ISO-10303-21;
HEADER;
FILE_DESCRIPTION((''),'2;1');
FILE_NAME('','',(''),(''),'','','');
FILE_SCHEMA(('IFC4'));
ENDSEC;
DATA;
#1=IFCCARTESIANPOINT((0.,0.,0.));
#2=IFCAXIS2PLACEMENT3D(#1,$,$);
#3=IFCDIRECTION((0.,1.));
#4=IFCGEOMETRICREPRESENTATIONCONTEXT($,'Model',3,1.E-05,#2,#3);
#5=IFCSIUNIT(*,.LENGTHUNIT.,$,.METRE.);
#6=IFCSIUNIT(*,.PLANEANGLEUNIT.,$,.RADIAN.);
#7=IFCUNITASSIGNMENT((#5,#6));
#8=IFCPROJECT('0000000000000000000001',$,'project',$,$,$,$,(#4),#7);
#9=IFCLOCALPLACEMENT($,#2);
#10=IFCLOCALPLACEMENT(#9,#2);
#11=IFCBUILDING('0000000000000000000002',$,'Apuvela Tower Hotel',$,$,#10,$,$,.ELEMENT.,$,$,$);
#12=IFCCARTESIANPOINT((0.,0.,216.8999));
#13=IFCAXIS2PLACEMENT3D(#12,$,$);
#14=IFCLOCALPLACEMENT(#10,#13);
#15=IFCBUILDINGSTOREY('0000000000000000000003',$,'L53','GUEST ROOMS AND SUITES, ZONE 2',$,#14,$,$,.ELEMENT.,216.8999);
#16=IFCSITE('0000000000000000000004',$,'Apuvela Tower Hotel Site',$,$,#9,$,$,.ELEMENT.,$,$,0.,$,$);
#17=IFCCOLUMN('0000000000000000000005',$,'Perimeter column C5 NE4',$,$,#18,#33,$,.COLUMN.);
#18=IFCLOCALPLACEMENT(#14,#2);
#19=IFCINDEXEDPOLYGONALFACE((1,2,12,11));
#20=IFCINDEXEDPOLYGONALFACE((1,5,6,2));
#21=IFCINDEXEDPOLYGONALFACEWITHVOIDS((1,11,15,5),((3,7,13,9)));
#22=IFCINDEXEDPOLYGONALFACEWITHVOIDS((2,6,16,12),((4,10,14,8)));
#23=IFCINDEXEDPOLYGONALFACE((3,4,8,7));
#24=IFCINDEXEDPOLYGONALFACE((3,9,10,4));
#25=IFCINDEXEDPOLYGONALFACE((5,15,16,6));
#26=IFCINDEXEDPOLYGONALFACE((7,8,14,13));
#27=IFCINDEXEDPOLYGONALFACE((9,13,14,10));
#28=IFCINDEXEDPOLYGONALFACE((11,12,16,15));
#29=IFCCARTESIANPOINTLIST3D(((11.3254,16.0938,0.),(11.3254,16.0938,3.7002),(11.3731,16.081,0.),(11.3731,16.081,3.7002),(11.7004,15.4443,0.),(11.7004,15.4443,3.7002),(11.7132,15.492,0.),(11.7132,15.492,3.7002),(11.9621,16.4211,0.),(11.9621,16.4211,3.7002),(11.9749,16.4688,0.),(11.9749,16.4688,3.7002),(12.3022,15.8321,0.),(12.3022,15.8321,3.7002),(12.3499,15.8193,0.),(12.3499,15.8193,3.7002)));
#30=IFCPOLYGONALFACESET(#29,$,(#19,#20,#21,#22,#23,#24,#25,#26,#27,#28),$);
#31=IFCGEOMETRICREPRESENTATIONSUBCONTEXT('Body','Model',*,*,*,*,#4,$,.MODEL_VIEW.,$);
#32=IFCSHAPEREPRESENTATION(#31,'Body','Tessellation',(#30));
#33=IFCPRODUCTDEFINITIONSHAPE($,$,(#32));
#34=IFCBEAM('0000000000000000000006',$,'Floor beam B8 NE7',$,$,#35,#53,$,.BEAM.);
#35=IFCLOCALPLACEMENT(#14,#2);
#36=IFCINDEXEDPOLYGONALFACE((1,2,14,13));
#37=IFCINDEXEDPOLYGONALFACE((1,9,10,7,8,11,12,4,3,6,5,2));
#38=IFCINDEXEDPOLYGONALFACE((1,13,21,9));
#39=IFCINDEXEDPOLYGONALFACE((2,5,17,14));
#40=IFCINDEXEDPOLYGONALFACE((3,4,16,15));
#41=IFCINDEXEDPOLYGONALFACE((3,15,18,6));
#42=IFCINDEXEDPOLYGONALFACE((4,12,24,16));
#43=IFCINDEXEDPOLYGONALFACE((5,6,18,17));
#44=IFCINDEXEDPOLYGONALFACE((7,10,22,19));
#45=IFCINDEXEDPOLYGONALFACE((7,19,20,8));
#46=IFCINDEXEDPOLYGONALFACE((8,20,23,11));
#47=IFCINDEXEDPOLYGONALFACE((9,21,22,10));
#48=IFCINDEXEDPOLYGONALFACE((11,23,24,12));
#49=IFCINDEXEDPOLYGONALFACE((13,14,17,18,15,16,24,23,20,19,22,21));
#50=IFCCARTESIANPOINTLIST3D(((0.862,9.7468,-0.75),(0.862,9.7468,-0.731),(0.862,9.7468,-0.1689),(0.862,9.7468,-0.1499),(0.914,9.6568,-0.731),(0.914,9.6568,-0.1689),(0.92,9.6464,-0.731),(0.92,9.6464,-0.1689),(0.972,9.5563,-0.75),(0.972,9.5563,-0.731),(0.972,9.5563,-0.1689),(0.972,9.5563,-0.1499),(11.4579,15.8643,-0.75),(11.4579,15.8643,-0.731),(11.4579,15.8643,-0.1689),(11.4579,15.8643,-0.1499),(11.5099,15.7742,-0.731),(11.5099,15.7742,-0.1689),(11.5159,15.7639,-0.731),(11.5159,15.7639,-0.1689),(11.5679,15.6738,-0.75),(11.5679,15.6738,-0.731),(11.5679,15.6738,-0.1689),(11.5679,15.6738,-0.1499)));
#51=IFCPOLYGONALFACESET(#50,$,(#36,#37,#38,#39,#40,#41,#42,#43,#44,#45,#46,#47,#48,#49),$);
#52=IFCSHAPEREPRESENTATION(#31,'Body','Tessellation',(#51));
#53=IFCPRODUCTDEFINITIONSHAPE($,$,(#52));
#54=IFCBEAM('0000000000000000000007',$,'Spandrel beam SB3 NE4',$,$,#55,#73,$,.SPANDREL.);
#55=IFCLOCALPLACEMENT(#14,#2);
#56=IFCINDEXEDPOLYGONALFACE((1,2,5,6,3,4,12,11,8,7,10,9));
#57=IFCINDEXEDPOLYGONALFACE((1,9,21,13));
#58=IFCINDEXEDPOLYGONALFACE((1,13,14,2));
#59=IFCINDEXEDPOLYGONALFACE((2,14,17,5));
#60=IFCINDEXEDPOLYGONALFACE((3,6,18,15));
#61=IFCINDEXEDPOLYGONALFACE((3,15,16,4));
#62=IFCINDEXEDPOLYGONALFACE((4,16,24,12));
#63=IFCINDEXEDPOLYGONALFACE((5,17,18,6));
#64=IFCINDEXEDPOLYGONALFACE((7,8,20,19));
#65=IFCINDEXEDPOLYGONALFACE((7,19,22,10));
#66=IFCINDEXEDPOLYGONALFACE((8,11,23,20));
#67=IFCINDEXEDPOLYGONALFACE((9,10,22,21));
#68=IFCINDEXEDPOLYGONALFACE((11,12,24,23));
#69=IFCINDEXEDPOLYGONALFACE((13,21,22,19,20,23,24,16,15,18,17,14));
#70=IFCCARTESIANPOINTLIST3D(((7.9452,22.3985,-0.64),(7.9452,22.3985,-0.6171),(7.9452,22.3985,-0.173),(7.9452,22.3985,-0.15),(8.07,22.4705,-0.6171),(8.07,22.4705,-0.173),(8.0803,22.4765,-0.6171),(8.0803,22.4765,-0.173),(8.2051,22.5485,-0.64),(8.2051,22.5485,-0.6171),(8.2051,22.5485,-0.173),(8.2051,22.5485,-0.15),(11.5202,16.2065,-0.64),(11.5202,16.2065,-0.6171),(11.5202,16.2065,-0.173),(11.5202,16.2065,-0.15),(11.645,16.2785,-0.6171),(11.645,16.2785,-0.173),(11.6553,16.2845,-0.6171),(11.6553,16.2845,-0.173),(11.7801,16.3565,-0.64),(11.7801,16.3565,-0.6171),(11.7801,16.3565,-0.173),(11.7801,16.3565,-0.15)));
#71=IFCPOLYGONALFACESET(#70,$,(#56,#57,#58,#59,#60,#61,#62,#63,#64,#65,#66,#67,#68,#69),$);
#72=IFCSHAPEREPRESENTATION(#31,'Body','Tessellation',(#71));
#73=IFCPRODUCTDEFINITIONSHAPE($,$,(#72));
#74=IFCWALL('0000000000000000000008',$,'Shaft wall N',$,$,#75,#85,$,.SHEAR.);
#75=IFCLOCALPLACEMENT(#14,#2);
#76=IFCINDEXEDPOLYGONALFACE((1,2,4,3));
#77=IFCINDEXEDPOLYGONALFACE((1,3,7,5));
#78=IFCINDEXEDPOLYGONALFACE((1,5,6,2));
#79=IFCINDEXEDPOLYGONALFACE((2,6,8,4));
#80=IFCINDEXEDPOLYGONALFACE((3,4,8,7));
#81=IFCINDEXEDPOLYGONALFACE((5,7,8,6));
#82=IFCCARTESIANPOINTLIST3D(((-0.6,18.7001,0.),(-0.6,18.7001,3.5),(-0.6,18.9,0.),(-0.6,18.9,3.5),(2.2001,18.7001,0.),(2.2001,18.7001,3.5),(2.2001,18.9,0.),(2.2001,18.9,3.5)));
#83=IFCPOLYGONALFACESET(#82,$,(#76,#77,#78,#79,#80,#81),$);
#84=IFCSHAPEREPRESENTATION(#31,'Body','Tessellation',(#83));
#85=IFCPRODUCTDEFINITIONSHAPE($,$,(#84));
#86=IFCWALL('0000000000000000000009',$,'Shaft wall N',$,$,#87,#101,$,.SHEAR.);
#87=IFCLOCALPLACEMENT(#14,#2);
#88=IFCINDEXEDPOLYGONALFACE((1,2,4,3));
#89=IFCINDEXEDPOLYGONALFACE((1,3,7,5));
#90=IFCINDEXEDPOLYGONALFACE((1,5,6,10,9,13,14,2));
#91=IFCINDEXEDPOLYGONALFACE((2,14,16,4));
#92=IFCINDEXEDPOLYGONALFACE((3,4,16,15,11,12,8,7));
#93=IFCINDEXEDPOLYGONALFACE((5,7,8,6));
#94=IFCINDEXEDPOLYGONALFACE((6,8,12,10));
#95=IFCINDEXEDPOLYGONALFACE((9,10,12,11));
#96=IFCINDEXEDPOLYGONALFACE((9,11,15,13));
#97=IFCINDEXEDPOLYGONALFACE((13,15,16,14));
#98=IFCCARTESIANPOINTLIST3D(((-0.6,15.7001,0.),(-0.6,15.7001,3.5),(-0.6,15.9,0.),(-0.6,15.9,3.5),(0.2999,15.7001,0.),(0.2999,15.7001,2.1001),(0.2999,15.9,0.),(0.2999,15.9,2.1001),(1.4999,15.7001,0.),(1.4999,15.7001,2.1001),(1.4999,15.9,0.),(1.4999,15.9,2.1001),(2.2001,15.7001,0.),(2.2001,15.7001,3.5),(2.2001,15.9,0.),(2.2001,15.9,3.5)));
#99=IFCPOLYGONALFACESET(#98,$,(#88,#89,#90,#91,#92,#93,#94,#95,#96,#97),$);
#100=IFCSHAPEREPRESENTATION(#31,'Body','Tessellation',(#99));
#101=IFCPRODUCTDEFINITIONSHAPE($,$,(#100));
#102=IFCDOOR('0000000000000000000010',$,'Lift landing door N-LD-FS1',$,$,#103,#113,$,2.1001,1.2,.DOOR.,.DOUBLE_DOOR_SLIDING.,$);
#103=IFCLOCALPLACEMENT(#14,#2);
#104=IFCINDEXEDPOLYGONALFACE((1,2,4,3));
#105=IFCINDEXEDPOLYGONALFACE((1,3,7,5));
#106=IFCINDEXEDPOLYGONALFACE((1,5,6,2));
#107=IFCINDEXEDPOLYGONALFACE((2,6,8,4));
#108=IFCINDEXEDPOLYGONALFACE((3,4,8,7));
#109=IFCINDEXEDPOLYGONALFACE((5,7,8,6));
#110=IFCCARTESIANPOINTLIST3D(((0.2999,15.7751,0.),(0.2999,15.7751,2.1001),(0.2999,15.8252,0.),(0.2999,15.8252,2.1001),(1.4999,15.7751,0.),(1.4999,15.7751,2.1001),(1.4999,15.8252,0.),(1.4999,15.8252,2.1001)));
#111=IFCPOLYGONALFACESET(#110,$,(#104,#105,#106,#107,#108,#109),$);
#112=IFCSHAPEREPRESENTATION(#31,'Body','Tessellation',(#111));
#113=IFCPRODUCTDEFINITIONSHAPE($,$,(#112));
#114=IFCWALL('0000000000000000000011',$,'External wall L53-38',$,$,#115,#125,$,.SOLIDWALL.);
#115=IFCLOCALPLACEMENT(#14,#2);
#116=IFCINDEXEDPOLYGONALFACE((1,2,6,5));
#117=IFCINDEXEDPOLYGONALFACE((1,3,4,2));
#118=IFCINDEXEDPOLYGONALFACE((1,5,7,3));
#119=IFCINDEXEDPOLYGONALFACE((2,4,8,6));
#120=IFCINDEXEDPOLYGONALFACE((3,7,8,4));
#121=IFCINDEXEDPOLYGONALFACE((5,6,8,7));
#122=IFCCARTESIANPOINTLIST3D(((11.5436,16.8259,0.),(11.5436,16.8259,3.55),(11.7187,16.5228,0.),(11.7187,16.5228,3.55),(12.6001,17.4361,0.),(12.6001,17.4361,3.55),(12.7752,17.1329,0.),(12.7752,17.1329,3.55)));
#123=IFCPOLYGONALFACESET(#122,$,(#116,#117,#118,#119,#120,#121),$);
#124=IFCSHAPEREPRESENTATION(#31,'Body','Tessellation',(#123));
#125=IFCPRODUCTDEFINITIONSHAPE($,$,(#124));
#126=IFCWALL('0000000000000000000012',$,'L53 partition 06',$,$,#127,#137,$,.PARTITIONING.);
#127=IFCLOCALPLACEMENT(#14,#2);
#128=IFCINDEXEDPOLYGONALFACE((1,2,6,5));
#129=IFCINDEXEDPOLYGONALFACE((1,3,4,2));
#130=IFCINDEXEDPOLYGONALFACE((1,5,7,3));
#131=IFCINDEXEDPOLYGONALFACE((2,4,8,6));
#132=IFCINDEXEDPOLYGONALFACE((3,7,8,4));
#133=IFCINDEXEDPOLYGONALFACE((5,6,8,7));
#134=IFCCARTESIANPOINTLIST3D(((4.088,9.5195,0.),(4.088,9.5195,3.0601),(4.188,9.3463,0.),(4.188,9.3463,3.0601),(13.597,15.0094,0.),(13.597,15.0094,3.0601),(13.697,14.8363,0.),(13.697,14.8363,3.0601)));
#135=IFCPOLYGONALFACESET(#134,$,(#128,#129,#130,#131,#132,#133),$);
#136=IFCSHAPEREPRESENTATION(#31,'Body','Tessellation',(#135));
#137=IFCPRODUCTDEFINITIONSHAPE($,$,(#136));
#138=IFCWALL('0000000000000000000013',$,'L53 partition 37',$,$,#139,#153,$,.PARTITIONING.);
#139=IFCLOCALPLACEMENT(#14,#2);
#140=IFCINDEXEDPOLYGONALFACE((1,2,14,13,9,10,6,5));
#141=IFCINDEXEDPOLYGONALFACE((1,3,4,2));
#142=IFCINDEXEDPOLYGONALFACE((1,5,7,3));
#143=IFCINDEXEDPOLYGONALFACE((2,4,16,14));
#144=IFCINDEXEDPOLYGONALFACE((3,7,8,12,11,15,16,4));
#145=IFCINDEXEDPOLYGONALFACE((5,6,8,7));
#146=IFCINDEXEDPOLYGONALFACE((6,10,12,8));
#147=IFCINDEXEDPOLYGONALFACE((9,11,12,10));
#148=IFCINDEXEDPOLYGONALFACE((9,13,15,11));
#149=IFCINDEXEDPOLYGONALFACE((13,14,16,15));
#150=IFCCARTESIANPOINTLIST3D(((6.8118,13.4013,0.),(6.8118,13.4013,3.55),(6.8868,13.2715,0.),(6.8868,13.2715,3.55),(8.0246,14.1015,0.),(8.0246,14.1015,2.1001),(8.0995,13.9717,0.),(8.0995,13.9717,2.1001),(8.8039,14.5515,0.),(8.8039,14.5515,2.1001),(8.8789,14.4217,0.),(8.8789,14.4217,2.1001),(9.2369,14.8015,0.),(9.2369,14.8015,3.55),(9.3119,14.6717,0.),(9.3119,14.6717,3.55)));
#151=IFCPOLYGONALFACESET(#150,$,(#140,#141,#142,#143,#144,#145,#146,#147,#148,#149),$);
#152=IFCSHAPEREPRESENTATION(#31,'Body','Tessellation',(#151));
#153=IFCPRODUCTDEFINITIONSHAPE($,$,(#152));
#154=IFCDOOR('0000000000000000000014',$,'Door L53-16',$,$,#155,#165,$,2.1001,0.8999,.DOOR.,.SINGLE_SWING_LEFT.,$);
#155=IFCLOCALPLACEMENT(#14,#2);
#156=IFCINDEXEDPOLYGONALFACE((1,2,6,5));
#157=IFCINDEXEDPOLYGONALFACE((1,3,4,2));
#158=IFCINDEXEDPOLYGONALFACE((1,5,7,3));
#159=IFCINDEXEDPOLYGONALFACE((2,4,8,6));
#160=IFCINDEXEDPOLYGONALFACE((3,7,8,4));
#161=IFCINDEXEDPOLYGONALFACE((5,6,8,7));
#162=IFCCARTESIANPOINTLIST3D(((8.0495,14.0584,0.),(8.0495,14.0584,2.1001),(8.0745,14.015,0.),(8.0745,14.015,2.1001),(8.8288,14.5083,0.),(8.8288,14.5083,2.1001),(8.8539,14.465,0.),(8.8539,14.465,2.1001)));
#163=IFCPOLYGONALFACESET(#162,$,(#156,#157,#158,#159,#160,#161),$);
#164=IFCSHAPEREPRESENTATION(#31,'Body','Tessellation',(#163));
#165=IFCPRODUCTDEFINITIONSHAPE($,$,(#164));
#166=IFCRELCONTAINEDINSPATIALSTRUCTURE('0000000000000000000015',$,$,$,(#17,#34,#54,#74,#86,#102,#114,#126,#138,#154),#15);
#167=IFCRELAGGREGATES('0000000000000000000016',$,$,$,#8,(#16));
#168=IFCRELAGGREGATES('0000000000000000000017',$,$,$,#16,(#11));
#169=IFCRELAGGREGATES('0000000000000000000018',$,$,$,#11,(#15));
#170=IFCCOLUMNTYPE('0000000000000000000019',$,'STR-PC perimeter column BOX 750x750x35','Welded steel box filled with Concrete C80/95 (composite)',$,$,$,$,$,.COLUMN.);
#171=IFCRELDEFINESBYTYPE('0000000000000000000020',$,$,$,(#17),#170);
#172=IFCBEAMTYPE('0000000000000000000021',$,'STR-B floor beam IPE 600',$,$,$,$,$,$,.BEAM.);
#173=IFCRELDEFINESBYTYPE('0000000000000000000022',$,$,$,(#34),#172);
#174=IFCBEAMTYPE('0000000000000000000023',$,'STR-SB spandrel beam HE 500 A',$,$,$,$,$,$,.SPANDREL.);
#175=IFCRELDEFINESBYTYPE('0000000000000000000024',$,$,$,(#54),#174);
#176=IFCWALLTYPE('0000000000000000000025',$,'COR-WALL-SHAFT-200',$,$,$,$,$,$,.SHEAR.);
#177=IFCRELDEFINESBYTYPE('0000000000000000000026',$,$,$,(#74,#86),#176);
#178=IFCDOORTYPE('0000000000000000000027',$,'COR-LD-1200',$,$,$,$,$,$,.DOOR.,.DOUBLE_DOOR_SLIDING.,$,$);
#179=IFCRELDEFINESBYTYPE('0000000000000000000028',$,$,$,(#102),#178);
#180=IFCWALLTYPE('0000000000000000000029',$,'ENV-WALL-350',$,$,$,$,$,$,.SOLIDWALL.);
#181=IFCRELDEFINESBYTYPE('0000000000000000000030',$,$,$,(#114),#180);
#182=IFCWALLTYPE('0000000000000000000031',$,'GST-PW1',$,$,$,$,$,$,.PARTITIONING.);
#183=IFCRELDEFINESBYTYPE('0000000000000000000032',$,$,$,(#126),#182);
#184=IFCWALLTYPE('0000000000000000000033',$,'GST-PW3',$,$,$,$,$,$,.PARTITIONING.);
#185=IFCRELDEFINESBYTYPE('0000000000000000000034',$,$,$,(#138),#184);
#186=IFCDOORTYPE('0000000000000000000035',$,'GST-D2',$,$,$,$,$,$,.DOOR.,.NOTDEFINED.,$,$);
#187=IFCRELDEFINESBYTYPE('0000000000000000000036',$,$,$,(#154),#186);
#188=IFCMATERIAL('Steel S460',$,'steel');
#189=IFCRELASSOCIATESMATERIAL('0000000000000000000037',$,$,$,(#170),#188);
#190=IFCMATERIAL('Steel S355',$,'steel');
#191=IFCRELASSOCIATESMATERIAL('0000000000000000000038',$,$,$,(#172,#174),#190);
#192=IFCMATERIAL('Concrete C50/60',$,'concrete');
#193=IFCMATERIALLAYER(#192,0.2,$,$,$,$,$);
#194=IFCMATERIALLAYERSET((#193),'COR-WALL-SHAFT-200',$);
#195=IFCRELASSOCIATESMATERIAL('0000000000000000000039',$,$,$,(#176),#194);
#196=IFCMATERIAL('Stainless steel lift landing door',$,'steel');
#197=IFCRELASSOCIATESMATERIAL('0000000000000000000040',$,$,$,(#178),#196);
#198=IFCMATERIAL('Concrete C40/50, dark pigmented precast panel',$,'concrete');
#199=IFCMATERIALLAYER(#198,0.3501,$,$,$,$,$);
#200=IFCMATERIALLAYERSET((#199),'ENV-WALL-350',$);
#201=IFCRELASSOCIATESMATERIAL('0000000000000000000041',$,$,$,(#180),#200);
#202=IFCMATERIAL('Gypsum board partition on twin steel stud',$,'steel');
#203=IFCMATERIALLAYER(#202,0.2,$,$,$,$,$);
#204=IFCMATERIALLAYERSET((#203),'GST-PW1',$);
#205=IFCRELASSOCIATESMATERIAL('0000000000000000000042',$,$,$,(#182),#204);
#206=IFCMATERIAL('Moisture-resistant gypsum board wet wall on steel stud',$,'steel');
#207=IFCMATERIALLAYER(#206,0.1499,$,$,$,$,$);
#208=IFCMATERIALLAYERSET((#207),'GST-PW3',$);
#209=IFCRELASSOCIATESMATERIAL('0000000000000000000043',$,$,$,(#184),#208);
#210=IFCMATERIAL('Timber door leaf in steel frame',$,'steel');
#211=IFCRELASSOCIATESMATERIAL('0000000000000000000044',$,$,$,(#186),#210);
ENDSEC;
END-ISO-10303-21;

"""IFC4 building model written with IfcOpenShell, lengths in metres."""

from ifc_helpers import new_model, si_unit, direction, frame, frame_2d, origin, origin_2d, place, context, subcontext, project, spatial, rectangle, hollow_rectangle, i_section, extrude, material, layer, layer_set, material_profile, profile_set, type_object, element, fill, save


model = new_model("IFC4")

# Units and contexts
model_context = context("Model", 3, precision=1e-05, world=origin(), true_north=direction((0.0, 1.0)))
body_context = subcontext(model_context, "Body", "Model", "MODEL_VIEW")
ifc_project = project(units=[si_unit("LENGTHUNIT", "METRE"), si_unit("PLANEANGLEUNIT", "RADIAN")], contexts=[model_context])

# Site, building, storey
site_placement = place(None, origin())
site = spatial("IfcSite", under=ifc_project, at=site_placement, Name="Apuvela Tower Hotel Site", CompositionType="ELEMENT", RefElevation=0.0)
building_placement = place(site_placement, origin())
building = spatial("IfcBuilding", under=site, at=building_placement, Name="Apuvela Tower Hotel", CompositionType="ELEMENT")
storey_placement = place(building_placement, frame((0.0, 0.0, 216.8999)))
storey = spatial("IfcBuildingStorey", under=building, at=storey_placement, Name="L53", Description="GUEST ROOMS AND SUITES, ZONE 2", CompositionType="ELEMENT", Elevation=216.8999)

# Column
ifc_material_1 = material(Name="Steel S460", Category="steel")
ifc_material_profile_1 = material_profile(ifc_material_1, hollow_rectangle(XDim=0.75, YDim=0.75, WallThickness=0.0349, at=origin_2d()), Name="BOX 750x750x35")
ifc_material_2 = material(Name="Concrete C80/95", Category="concrete")
ifc_material_profile_2 = material_profile(ifc_material_2, rectangle(XDim=0.6799, YDim=0.6799, at=origin_2d()), Name="Concrete C80/95 infill")
ifc_profile_set_1 = profile_set([ifc_material_profile_1, ifc_material_profile_2], Name="Steel S460")
column_type = type_object("IfcColumnType", Name="STR-PC perimeter column BOX 750x750x35", Description="Welded steel box filled with Concrete C80/95 (composite)", PredefinedType="COLUMN", material=ifc_profile_set_1)
column_placement = place(storey_placement, frame((11.8376, 15.9565, 0.0), z_axis=(0.0, 0.0, 1.0), x_axis=(-0.5, 0.866025, 0.0)))
element("IfcColumn", 1, at=column_placement, inside=storey, type_object=column_type, Name="Perimeter column C5 NE4", PredefinedType="COLUMN", context=body_context, shape_type="SweptSolid", body=[
    extrude(hollow_rectangle(XDim=0.75, YDim=0.75, WallThickness=0.0349, at=origin_2d()), origin(), (0.0, 0.0, 1.0), 3.7002),
])

# Beams
ifc_material_3 = material(Name="Steel S355", Category="steel")
ifc_material_profile_3 = material_profile(ifc_material_3, i_section(OverallWidth=0.22, OverallDepth=0.6001, WebThickness=0.012, FlangeThickness=0.019, at=origin_2d()), Name="IPE 600")
ifc_profile_set_2 = profile_set([ifc_material_profile_3], Name="Steel S355")
beam_type_1 = type_object("IfcBeamType", Name="STR-B floor beam IPE 600", PredefinedType="BEAM", material=ifc_profile_set_2)
beam_1_placement = place(storey_placement, frame((11.5129, 15.769, -0.45), z_axis=(-0.86603, -0.499991, 0.0), x_axis=(0.499991, -0.86603, 0.0)))
element("IfcBeam", 2, at=beam_1_placement, inside=storey, type_object=beam_type_1, Name="Floor beam B8 NE7", PredefinedType="BEAM", context=body_context, shape_type="SweptSolid", body=[
    extrude(i_section(OverallWidth=0.22, OverallDepth=0.6001, WebThickness=0.012, FlangeThickness=0.019, at=origin_2d()), origin(), (0.0, 0.0, 1.0), 12.2351),
])
ifc_material_profile_4 = material_profile(ifc_material_3, i_section(OverallWidth=0.3, OverallDepth=0.49, WebThickness=0.012, FlangeThickness=0.0229, at=origin_2d()), Name="HE 500 A")
ifc_profile_set_3 = profile_set([ifc_material_profile_4], Name="Steel S355")
beam_type_2 = type_object("IfcBeamType", Name="STR-SB spandrel beam HE 500 A", PredefinedType="SPANDREL", material=ifc_profile_set_3)
beam_2_placement = place(storey_placement, frame((11.6501, 16.2815, -0.395), z_axis=(-0.500006, 0.866022, 0.0), x_axis=(-0.866022, -0.500006, 0.0)))
element("IfcBeam", 3, at=beam_2_placement, inside=storey, type_object=beam_type_2, Name="Spandrel beam SB3 NE4", PredefinedType="SPANDREL", context=body_context, shape_type="SweptSolid", body=[
    extrude(i_section(OverallWidth=0.3, OverallDepth=0.49, WebThickness=0.012, FlangeThickness=0.0229, at=origin_2d()), origin(), (0.0, 0.0, 1.0), 7.1499),
])

# Wall
ifc_material_4 = material(Name="Concrete C50/60", Category="concrete")
ifc_layer_1 = layer(ifc_material_4, 0.2)
ifc_layer_set_1 = layer_set([ifc_layer_1], Name="COR-WALL-SHAFT-200")
wall_type_1 = type_object("IfcWallType", Name="COR-WALL-SHAFT-200", PredefinedType="SHEAR", material=ifc_layer_set_1)
wall_1_placement = place(storey_placement, frame((2.2, 18.8, 0.0), z_axis=(0.0, 0.0, 1.0), x_axis=(-1.0, 0.0, 0.0)))
element("IfcWall", 4, at=wall_1_placement, inside=storey, type_object=wall_type_1, Name="Shaft wall N", PredefinedType="SHEAR", context=body_context, shape_type="SweptSolid", body=[
    extrude(rectangle(XDim=2.8, YDim=0.2, at=frame_2d((1.3999, 0.0))), origin(), (0.0, 0.0, 1.0), 3.5),
])

# Wall, opening, door
wall_2_placement = place(storey_placement, frame((2.2, 15.8, 0.0), z_axis=(0.0, 0.0, 1.0), x_axis=(-1.0, 0.0, 0.0)))
wall_2 = element("IfcWall", 5, at=wall_2_placement, inside=storey, type_object=wall_type_1, Name="Shaft wall N", PredefinedType="SHEAR", context=body_context, shape_type="SweptSolid", body=[
    extrude(rectangle(XDim=2.8, YDim=0.2, at=frame_2d((1.3999, 0.0))), origin(), (0.0, 0.0, 1.0), 3.5),
])
opening_1_placement = place(wall_2_placement, frame((0.7, 0.0, 0.0)))
opening_1 = element("IfcOpeningElement", 6, at=opening_1_placement, cuts=wall_2, PredefinedType="OPENING", context=body_context, shape_type="SweptSolid", body=[
    extrude(rectangle(XDim=1.2, YDim=2.1001, at=frame_2d((0.6001, 1.05))), frame((0.0, 0.1099, 0.0), z_axis=(0.0, -1.0, 0.0), x_axis=(1.0, 0.0, 0.0)), (0.0, 0.0, 1.0), 0.22),
])
ifc_material_5 = material(Name="Stainless steel lift landing door", Category="steel")
door_type_1 = type_object("IfcDoorType", Name="COR-LD-1200", OperationType="DOUBLE_DOOR_SLIDING", PredefinedType="DOOR", material=ifc_material_5)
door_1_placement = place(opening_1_placement, origin())
door_1 = element("IfcDoor", 7, at=door_1_placement, inside=storey, type_object=door_type_1, Name="Lift landing door N-LD-FS1", OperationType="DOUBLE_DOOR_SLIDING", OverallHeight=2.1001, OverallWidth=1.2, PredefinedType="DOOR", context=body_context, shape_type="SweptSolid", body=[
    extrude(rectangle(XDim=1.2, YDim=2.1001, at=frame_2d((0.6001, 1.05))), frame((0.0, 0.0249, 0.0), z_axis=(0.0, -1.0, 0.0), x_axis=(1.0, 0.0, 0.0)), (0.0, 0.0, 1.0), 0.05),
])
fill(opening_1, door_1)

# Wall
ifc_material_6 = material(Name="Concrete C40/50, dark pigmented precast panel", Category="concrete")
ifc_layer_2 = layer(ifc_material_6, 0.3501)
ifc_layer_set_2 = layer_set([ifc_layer_2], Name="ENV-WALL-350")
wall_type_2 = type_object("IfcWallType", Name="ENV-WALL-350", PredefinedType="SOLIDWALL", material=ifc_layer_set_2)
wall_3_placement = place(storey_placement, frame((12.6875, 17.2844, 0.0), z_axis=(0.0, 0.0, 1.0), x_axis=(-0.865956, -0.500121, 0.0)))
element("IfcWall", 8, at=wall_3_placement, inside=storey, type_object=wall_type_2, Name="External wall L53-38", PredefinedType="SOLIDWALL", context=body_context, shape_type="SweptSolid", body=[
    extrude(rectangle(XDim=1.22, YDim=0.3501, at=frame_2d((0.6099, 0.0))), origin(), (0.0, 0.0, 1.0), 3.55),
])

# Wall
ifc_material_7 = material(Name="Gypsum board partition on twin steel stud", Category="steel")
ifc_layer_3 = layer(ifc_material_7, 0.2)
ifc_layer_set_3 = layer_set([ifc_layer_3], Name="GST-PW1")
wall_type_3 = type_object("IfcWallType", Name="GST-PW1", PredefinedType="PARTITIONING", material=ifc_layer_set_3)
wall_4_placement = place(storey_placement, frame((13.647, 14.9229, 0.0), z_axis=(0.0, 0.0, 1.0), x_axis=(-0.866027, -0.499996, 0.0)))
element("IfcWall", 9, at=wall_4_placement, inside=storey, type_object=wall_type_3, Name="L53 partition 06", PredefinedType="PARTITIONING", context=body_context, shape_type="SweptSolid", body=[
    extrude(rectangle(XDim=10.98, YDim=0.2, at=frame_2d((5.49, 0.0))), origin(), (0.0, 0.0, 1.0), 3.0601),
])

# Wall, opening, door
ifc_material_8 = material(Name="Moisture-resistant gypsum board wet wall on steel stud", Category="steel")
ifc_layer_4 = layer(ifc_material_8, 0.1499)
ifc_layer_set_4 = layer_set([ifc_layer_4], Name="GST-PW3")
wall_type_4 = type_object("IfcWallType", Name="GST-PW3", PredefinedType="PARTITIONING", material=ifc_layer_set_4)
wall_5_placement = place(storey_placement, frame((9.2744, 14.7366, 0.0), z_axis=(0.0, 0.0, 1.0), x_axis=(-0.866019, -0.500012, 0.0)))
wall_5 = element("IfcWall", 10, at=wall_5_placement, inside=storey, type_object=wall_type_4, Name="L53 partition 37", PredefinedType="PARTITIONING", context=body_context, shape_type="SweptSolid", body=[
    extrude(rectangle(XDim=2.8003, YDim=0.1499, at=frame_2d((1.4001, 0.0))), origin(), (0.0, 0.0, 1.0), 3.55),
])
opening_2_placement = place(wall_5_placement, frame((0.5, 0.0, 0.0)))
opening_2 = element("IfcOpeningElement", 11, at=opening_2_placement, cuts=wall_5, PredefinedType="OPENING", context=body_context, shape_type="SweptSolid", body=[
    extrude(rectangle(XDim=0.8999, YDim=2.1001, at=frame_2d((0.45, 1.05))), frame((0.0, 0.085, 0.0), z_axis=(0.0, -1.0, 0.0), x_axis=(1.0, 0.0, 0.0)), (0.0, 0.0, 1.0), 0.1699),
])
ifc_material_9 = material(Name="Timber door leaf in steel frame", Category="steel")
door_type_2 = type_object("IfcDoorType", Name="GST-D2", OperationType="NOTDEFINED", PredefinedType="DOOR", material=ifc_material_9)
door_2_placement = place(opening_2_placement, origin())
door_2 = element("IfcDoor", 12, at=door_2_placement, inside=storey, type_object=door_type_2, Name="Door L53-16", OperationType="SINGLE_SWING_LEFT", OverallHeight=2.1001, OverallWidth=0.8999, PredefinedType="DOOR", context=body_context, shape_type="SweptSolid", body=[
    extrude(rectangle(XDim=0.8999, YDim=2.1001, at=frame_2d((0.45, 1.05))), frame((0.0, 0.0249, 0.0), z_axis=(0.0, -1.0, 0.0), x_axis=(1.0, 0.0, 0.0)), (0.0, 0.0, 1.0), 0.05),
])
fill(opening_2, door_2)

save(model, "model.ifc")
